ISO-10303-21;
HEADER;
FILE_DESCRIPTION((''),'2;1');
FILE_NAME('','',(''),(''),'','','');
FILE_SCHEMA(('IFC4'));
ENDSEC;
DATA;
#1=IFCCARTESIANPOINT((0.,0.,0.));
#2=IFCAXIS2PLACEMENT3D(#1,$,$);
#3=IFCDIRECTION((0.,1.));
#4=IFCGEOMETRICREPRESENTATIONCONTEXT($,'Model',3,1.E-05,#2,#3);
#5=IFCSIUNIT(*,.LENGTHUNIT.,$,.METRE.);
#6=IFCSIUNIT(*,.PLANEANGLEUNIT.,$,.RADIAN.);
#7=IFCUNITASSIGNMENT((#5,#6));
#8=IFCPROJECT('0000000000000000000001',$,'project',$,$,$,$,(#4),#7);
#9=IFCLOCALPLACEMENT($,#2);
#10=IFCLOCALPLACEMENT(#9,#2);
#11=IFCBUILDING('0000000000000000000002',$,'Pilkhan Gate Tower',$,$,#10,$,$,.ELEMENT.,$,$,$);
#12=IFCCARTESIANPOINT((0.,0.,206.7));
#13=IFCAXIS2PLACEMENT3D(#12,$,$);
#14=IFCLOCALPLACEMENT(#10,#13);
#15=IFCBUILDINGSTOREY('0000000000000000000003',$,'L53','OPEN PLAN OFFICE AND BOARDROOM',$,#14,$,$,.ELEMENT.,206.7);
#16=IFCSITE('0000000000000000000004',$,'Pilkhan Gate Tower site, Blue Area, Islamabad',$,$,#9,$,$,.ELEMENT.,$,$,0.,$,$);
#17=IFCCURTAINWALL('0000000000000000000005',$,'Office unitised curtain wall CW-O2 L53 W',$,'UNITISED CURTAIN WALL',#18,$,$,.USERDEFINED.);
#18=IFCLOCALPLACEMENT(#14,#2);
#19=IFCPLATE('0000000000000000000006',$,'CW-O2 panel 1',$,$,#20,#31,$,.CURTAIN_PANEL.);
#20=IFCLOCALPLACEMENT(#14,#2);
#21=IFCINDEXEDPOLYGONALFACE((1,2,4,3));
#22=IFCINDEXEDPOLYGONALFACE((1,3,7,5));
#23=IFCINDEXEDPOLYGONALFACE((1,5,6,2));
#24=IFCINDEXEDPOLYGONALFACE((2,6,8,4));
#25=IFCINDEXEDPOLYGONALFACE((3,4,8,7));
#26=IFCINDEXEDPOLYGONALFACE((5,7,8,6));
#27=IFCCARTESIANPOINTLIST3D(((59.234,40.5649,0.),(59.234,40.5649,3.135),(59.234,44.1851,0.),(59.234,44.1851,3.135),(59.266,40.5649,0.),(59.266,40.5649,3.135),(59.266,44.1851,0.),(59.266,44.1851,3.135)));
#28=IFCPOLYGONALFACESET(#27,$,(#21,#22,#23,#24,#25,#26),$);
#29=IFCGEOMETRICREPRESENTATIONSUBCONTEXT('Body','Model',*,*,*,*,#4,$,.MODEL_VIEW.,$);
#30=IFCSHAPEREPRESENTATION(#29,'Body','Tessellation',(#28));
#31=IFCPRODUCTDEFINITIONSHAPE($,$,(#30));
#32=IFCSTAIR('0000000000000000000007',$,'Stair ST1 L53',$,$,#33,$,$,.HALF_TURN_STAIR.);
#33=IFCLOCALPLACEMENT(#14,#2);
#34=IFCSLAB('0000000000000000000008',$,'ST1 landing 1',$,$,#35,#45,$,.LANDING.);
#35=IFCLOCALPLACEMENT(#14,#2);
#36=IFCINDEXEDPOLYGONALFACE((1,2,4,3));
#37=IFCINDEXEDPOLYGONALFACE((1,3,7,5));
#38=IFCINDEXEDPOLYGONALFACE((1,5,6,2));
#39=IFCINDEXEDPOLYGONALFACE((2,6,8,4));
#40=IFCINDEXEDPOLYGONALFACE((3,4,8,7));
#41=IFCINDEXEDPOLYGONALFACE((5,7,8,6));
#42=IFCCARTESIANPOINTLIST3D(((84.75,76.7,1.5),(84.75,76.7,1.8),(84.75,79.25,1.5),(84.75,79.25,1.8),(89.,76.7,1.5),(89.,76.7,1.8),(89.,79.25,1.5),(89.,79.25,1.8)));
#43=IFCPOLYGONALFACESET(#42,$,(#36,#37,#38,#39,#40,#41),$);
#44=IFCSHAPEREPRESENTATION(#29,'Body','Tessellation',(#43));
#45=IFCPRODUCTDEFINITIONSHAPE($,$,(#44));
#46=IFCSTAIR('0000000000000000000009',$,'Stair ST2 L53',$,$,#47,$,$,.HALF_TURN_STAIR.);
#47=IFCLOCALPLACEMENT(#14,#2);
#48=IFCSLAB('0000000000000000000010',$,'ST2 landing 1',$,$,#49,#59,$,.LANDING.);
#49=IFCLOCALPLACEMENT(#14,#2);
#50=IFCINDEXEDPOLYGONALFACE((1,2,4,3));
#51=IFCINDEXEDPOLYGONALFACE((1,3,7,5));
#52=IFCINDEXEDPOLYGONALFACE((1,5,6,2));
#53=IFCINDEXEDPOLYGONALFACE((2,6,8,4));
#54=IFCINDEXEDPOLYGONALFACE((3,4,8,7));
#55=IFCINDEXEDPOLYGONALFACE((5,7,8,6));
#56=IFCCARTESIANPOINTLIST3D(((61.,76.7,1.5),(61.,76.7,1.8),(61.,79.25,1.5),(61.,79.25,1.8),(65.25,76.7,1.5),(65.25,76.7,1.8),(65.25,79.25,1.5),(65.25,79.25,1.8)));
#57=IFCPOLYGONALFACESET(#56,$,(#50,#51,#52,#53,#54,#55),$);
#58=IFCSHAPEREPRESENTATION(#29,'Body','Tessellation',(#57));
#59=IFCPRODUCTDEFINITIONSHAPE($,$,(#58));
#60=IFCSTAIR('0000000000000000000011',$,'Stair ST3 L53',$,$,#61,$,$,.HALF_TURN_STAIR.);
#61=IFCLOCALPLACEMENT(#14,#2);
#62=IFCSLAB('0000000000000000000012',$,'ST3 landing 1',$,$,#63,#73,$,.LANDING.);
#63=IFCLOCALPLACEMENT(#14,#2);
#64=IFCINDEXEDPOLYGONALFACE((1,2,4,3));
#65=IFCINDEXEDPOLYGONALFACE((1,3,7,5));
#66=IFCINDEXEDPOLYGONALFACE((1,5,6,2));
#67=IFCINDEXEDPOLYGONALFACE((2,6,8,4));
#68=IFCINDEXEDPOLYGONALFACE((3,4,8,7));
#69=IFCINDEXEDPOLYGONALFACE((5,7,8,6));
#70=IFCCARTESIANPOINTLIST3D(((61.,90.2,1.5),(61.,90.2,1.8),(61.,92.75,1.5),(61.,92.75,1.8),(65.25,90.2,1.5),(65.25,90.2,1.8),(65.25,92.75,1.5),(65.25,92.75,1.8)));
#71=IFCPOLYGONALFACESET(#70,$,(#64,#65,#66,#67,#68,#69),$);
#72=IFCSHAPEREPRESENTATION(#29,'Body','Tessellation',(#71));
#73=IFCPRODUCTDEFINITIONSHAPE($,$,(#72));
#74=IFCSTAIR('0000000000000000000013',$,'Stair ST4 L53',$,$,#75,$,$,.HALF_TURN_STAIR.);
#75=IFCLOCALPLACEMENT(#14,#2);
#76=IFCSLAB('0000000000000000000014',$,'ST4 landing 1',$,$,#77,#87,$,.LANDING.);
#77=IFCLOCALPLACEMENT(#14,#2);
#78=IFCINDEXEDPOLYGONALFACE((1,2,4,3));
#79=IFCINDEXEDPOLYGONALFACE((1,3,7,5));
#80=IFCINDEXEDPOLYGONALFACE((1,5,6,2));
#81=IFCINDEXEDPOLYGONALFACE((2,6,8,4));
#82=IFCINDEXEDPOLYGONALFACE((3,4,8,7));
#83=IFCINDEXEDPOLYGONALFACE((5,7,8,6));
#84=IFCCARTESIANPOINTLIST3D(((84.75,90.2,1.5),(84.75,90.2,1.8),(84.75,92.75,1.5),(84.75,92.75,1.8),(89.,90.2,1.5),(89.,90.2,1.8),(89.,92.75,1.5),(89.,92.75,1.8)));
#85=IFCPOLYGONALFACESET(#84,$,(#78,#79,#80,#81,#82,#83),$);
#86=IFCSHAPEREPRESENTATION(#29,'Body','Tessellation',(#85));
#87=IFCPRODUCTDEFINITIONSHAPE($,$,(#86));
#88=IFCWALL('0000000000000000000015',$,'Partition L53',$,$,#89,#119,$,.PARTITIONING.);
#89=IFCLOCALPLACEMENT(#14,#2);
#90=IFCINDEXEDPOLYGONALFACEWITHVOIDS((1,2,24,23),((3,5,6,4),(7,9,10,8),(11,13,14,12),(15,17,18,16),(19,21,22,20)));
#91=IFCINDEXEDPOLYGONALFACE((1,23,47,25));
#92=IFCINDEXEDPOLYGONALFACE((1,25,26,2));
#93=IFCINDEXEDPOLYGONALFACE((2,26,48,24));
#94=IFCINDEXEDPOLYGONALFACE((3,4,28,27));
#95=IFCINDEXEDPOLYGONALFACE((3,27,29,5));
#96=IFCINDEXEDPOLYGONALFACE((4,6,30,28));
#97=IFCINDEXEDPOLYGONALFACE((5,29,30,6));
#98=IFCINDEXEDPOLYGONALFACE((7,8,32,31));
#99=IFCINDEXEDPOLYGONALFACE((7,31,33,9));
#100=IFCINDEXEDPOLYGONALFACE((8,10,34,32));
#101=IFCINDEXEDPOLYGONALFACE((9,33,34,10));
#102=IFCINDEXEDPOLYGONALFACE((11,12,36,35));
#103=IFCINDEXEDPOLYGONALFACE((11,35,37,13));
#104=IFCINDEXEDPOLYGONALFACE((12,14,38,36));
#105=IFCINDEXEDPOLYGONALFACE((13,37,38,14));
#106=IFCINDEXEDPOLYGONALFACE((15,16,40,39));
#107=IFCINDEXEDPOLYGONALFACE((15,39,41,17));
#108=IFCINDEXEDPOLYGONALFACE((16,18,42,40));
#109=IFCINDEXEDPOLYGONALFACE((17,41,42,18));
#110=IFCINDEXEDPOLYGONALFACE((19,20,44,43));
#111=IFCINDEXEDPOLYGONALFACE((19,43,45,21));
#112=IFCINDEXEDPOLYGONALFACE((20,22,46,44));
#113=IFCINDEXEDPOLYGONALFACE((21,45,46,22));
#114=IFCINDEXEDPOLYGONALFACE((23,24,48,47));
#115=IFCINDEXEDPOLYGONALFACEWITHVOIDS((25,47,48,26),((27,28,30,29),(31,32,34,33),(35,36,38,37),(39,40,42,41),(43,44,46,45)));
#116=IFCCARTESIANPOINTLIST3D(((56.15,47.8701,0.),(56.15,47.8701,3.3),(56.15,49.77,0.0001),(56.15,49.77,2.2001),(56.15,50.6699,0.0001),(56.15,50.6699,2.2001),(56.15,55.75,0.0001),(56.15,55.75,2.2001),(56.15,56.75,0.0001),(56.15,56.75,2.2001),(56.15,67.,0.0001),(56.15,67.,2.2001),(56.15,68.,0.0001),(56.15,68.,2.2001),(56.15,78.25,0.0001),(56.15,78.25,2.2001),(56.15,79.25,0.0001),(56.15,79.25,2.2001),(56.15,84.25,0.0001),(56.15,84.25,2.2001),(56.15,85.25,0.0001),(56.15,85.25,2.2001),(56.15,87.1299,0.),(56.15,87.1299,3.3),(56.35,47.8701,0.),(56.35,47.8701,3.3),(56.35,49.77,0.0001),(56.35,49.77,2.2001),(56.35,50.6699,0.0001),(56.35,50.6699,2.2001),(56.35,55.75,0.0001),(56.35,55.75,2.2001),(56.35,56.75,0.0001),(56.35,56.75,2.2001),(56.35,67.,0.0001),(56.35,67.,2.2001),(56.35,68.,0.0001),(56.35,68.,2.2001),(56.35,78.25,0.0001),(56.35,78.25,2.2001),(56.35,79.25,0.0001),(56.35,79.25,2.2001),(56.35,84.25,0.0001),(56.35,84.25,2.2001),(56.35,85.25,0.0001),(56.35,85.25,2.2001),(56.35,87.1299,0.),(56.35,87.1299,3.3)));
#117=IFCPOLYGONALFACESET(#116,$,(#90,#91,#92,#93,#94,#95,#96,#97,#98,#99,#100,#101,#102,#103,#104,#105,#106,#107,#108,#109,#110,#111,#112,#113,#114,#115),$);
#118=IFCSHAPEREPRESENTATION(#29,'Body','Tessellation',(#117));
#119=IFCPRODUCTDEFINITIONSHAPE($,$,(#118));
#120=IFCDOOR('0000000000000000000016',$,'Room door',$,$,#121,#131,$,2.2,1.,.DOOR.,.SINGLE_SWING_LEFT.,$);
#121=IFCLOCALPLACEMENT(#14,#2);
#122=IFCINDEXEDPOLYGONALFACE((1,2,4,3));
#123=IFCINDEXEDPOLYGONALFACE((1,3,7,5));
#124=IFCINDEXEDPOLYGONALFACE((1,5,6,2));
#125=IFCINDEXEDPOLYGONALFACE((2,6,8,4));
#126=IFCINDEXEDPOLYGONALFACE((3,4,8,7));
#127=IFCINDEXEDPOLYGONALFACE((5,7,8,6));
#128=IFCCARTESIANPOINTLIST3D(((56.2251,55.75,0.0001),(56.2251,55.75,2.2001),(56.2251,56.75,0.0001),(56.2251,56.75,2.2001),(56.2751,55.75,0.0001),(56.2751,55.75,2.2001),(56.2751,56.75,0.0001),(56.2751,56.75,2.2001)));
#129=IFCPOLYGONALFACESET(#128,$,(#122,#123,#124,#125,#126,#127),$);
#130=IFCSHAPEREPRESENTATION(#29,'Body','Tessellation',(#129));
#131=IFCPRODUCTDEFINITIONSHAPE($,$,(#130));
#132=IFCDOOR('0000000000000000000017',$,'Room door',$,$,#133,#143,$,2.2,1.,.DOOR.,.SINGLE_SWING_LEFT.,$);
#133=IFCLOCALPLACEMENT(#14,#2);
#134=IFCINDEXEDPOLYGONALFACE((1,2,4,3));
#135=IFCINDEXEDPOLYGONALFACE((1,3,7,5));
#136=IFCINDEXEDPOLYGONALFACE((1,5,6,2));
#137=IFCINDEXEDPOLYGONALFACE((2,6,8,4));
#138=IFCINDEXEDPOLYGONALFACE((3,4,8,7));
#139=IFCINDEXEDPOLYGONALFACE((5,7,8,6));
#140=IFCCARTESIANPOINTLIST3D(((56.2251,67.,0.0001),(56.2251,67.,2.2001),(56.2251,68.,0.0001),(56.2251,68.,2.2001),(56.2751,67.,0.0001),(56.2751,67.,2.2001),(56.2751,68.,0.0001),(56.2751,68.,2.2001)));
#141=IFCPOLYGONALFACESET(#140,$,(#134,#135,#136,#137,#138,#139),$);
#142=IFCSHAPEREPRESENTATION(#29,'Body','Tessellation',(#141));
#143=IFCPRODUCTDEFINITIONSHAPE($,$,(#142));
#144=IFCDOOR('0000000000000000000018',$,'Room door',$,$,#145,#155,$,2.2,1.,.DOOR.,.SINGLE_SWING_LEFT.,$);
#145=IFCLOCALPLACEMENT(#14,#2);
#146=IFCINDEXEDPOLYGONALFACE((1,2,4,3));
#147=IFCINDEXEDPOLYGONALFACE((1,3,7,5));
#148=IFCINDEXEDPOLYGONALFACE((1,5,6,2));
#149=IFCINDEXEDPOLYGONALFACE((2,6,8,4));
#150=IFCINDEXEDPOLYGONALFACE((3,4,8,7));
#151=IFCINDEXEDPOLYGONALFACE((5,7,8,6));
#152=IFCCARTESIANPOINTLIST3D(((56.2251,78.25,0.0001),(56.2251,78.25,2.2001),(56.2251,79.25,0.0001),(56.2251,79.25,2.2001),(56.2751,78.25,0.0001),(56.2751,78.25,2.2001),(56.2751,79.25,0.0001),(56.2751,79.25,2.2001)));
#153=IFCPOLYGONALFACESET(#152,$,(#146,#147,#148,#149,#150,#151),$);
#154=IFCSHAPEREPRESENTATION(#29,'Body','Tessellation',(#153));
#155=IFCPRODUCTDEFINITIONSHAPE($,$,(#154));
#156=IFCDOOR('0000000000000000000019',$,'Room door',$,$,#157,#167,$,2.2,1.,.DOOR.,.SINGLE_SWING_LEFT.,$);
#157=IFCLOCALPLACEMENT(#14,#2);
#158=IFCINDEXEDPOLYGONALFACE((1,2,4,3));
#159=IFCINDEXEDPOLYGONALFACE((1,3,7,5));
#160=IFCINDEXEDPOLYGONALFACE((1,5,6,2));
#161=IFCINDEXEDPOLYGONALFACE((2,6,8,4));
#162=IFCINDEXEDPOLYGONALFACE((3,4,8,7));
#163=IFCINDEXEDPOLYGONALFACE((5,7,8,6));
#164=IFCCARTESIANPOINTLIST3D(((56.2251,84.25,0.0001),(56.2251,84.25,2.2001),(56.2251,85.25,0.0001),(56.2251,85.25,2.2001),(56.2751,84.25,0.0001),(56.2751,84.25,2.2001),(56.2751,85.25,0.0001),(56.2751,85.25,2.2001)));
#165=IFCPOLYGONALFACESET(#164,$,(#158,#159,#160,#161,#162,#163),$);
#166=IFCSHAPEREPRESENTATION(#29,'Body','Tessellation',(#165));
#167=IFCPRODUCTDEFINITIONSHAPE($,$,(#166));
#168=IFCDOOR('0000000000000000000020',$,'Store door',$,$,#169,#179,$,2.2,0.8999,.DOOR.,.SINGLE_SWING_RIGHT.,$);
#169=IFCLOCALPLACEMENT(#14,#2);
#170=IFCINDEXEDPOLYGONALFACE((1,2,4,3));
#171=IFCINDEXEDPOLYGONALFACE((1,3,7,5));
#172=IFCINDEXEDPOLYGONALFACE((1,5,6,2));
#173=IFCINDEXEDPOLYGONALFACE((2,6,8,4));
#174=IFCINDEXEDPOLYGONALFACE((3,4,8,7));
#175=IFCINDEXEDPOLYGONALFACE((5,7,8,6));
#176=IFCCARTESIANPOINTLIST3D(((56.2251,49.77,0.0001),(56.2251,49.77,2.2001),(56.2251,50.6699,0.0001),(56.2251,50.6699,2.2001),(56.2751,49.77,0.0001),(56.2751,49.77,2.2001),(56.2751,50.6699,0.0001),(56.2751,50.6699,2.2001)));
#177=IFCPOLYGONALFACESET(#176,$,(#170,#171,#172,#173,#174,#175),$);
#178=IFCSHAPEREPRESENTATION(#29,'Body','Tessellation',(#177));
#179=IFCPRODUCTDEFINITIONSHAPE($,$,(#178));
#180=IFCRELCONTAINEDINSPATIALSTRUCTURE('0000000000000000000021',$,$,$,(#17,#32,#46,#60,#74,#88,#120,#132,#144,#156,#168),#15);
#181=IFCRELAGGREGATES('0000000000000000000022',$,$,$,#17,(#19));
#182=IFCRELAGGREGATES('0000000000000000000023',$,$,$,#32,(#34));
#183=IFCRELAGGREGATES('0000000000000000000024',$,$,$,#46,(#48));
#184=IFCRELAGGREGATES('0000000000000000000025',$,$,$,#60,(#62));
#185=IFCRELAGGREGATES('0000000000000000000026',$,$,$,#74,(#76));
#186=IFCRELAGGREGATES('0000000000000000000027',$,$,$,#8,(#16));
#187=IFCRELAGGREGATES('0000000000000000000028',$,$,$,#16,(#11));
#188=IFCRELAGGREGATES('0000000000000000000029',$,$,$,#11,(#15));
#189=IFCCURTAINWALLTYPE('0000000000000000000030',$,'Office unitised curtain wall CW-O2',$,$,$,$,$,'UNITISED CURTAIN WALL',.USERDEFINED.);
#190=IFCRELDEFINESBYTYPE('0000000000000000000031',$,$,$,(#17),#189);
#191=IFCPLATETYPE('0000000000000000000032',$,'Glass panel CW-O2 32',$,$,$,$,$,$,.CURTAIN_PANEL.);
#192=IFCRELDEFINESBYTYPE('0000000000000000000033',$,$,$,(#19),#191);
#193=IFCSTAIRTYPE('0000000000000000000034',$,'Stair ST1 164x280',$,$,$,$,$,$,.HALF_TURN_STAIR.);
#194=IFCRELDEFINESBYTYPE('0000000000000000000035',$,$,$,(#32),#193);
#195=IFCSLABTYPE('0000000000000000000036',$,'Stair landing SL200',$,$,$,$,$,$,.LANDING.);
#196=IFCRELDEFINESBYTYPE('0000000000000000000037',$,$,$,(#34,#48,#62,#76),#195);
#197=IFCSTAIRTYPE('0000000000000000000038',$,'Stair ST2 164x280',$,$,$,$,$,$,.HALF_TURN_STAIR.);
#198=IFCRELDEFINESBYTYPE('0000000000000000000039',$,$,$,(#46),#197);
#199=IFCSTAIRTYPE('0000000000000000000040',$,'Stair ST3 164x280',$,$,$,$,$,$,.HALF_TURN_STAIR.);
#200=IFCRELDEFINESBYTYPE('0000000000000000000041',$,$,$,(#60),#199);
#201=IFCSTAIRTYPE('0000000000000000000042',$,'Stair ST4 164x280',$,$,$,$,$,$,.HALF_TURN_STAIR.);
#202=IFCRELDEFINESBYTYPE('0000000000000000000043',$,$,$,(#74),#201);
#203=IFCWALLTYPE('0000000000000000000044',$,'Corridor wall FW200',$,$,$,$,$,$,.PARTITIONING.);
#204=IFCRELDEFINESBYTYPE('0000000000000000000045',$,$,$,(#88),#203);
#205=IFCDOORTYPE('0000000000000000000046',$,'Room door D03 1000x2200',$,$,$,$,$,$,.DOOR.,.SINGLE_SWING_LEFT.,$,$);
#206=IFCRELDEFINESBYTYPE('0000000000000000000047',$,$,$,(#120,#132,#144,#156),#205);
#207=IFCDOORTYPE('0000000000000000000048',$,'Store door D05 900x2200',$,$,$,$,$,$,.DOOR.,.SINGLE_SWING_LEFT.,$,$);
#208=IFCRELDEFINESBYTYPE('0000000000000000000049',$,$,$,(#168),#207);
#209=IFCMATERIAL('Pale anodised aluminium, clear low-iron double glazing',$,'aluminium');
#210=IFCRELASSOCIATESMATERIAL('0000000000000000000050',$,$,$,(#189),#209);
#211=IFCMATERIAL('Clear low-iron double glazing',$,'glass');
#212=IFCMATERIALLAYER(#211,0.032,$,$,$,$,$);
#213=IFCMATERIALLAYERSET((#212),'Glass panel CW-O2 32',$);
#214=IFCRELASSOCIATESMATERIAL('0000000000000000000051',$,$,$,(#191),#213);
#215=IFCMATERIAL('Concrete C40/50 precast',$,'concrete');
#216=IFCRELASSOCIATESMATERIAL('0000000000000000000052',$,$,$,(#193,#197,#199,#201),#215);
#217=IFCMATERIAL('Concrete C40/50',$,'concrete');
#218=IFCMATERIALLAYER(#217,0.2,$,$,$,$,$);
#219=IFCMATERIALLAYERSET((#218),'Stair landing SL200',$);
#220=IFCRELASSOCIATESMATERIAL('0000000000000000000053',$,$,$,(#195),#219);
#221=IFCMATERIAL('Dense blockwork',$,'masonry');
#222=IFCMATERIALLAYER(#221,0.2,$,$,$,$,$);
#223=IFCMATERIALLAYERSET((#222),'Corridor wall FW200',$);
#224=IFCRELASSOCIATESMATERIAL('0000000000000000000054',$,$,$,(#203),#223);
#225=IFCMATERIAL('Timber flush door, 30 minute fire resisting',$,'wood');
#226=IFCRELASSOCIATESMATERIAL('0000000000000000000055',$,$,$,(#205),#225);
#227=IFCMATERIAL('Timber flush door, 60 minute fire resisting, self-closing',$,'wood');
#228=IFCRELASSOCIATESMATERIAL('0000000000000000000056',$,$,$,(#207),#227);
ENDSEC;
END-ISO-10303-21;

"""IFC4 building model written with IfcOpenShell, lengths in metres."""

from ifc_helpers import new_model, si_unit, direction, frame, frame_2d, origin, origin_2d, place, context, subcontext, project, spatial, polyline, rectangle, outline, extrude, material, layer, layer_set, type_object, element, fill, aggregate, save


model = new_model("IFC4")

# Units and contexts
model_context = context("Model", 3, precision=1e-05, world=origin(), true_north=direction((0.0, 1.0)))
body_context = subcontext(model_context, "Body", "Model", "MODEL_VIEW")
ifc_project = project(units=[si_unit("LENGTHUNIT", "METRE"), si_unit("PLANEANGLEUNIT", "RADIAN")], contexts=[model_context])

# Site, building, storey
site_placement = place(None, origin())
site = spatial("IfcSite", under=ifc_project, at=site_placement, Name="Pilkhan Gate Tower site, Blue Area, Islamabad", CompositionType="ELEMENT", RefElevation=0.0)
building_placement = place(site_placement, origin())
building = spatial("IfcBuilding", under=site, at=building_placement, Name="Pilkhan Gate Tower", CompositionType="ELEMENT")
storey_placement = place(building_placement, frame((0.0, 0.0, 206.7)))
storey = spatial("IfcBuildingStorey", under=building, at=storey_placement, Name="L53", Description="OPEN PLAN OFFICE AND BOARDROOM", CompositionType="ELEMENT", Elevation=206.7)

# Shared definitions
ifc_material_1 = material(Name="Pale anodised aluminium, clear low-iron double glazing", Category="aluminium")
curtain_wall_type = type_object("IfcCurtainWallType", Name="Office unitised curtain wall CW-O2", ElementType="UNITISED CURTAIN WALL", PredefinedType="USERDEFINED", material=ifc_material_1)

# Curtain wall
curtain_wall_1_placement = place(storey_placement, origin())
curtain_wall_1 = element("IfcCurtainWall", 1, at=curtain_wall_1_placement, inside=storey, type_object=curtain_wall_type, Name="Office unitised curtain wall CW-O2 L53 W", ObjectType="UNITISED CURTAIN WALL", PredefinedType="USERDEFINED")

# Shared definitions
ifc_material_2 = material(Name="Concrete C40/50", Category="concrete")

# Plate
ifc_material_3 = material(Name="Clear low-iron double glazing", Category="glass")
ifc_layer_1 = layer(ifc_material_3, 0.032)
ifc_layer_set_1 = layer_set([ifc_layer_1], Name="Glass panel CW-O2 32")
plate_type = type_object("IfcPlateType", Name="Glass panel CW-O2 32", PredefinedType="CURTAIN_PANEL", material=ifc_layer_set_1)
plate_1_placement = place(storey_placement, frame((59.25, 42.375, 0.0), z_axis=(0.0, 0.0, 1.0), x_axis=(0.0, 1.0, 0.0)))
plate_1 = element("IfcPlate", 2, at=plate_1_placement, type_object=plate_type, Name="CW-O2 panel 1", PredefinedType="CURTAIN_PANEL", context=body_context, shape_type="SweptSolid", body=[
    extrude(rectangle(XDim=3.6201, YDim=0.032, at=origin_2d()), origin(), (0.0, 0.0, 1.0), 3.135),
])
aggregate(curtain_wall_1, [plate_1])

# Stairs, slabs
ifc_material_4 = material(Name="Concrete C40/50 precast", Category="concrete")
stair_type_1 = type_object("IfcStairType", Name="Stair ST1 164x280", PredefinedType="HALF_TURN_STAIR", material=ifc_material_4)
stair_1_placement = place(storey_placement, origin())
stair_1 = element("IfcStair", 3, at=stair_1_placement, inside=storey, type_object=stair_type_1, Name="Stair ST1 L53", PredefinedType="HALF_TURN_STAIR")
ifc_layer_2 = layer(ifc_material_2, 0.2)
ifc_layer_set_2 = layer_set([ifc_layer_2], Name="Stair landing SL200")
slab_type_1 = type_object("IfcSlabType", Name="Stair landing SL200", PredefinedType="LANDING", material=ifc_layer_set_2)
slab_1_placement = place(storey_placement, frame((0.0, 0.0, 1.5)))
slab_1 = element("IfcSlab", 4, at=slab_1_placement, type_object=slab_type_1, Name="ST1 landing 1", PredefinedType="LANDING", context=body_context, shape_type="SweptSolid", body=[
    extrude(outline(polyline([(89.0, 76.7), (89.0, 79.25), (84.75, 79.25), (84.75, 76.7), (89.0, 76.7)])), origin(), (0.0, 0.0, 1.0), 0.3),
])
aggregate(stair_1, [slab_1])
stair_type_2 = type_object("IfcStairType", Name="Stair ST2 164x280", PredefinedType="HALF_TURN_STAIR", material=ifc_material_4)
stair_2_placement = place(storey_placement, origin())
stair_2 = element("IfcStair", 5, at=stair_2_placement, inside=storey, type_object=stair_type_2, Name="Stair ST2 L53", PredefinedType="HALF_TURN_STAIR")
slab_2_placement = place(storey_placement, frame((0.0, 0.0, 1.5)))
slab_2 = element("IfcSlab", 6, at=slab_2_placement, type_object=slab_type_1, Name="ST2 landing 1", PredefinedType="LANDING", context=body_context, shape_type="SweptSolid", body=[
    extrude(outline(polyline([(65.25, 76.7), (65.25, 79.25), (61.0, 79.25), (61.0, 76.7), (65.25, 76.7)])), origin(), (0.0, 0.0, 1.0), 0.3),
])
aggregate(stair_2, [slab_2])
stair_type_3 = type_object("IfcStairType", Name="Stair ST3 164x280", PredefinedType="HALF_TURN_STAIR", material=ifc_material_4)
stair_3_placement = place(storey_placement, origin())
stair_3 = element("IfcStair", 7, at=stair_3_placement, inside=storey, type_object=stair_type_3, Name="Stair ST3 L53", PredefinedType="HALF_TURN_STAIR")
slab_3_placement = place(storey_placement, frame((0.0, 0.0, 1.5)))
slab_3 = element("IfcSlab", 8, at=slab_3_placement, type_object=slab_type_1, Name="ST3 landing 1", PredefinedType="LANDING", context=body_context, shape_type="SweptSolid", body=[
    extrude(outline(polyline([(65.25, 90.2), (65.25, 92.75), (61.0, 92.75), (61.0, 90.2), (65.25, 90.2)])), origin(), (0.0, 0.0, 1.0), 0.3),
])
aggregate(stair_3, [slab_3])
stair_type_4 = type_object("IfcStairType", Name="Stair ST4 164x280", PredefinedType="HALF_TURN_STAIR", material=ifc_material_4)
stair_4_placement = place(storey_placement, origin())
stair_4 = element("IfcStair", 9, at=stair_4_placement, inside=storey, type_object=stair_type_4, Name="Stair ST4 L53", PredefinedType="HALF_TURN_STAIR")
slab_4_placement = place(storey_placement, frame((0.0, 0.0, 1.5)))
slab_4 = element("IfcSlab", 10, at=slab_4_placement, type_object=slab_type_1, Name="ST4 landing 1", PredefinedType="LANDING", context=body_context, shape_type="SweptSolid", body=[
    extrude(outline(polyline([(89.0, 90.2), (89.0, 92.75), (84.75, 92.75), (84.75, 90.2), (89.0, 90.2)])), origin(), (0.0, 0.0, 1.0), 0.3),
])
aggregate(stair_4, [slab_4])

# Wall, openings, doors
ifc_material_5 = material(Name="Dense blockwork", Category="masonry")
ifc_layer_3 = layer(ifc_material_5, 0.2)
ifc_layer_set_3 = layer_set([ifc_layer_3], Name="Corridor wall FW200")
wall_type = type_object("IfcWallType", Name="Corridor wall FW200", PredefinedType="PARTITIONING", material=ifc_layer_set_3)
wall_placement = place(storey_placement, frame((56.25, 47.8701, 0.0), z_axis=(0.0, 0.0, 1.0), x_axis=(0.0, 1.0, 0.0)))
wall = element("IfcWall", 11, at=wall_placement, inside=storey, type_object=wall_type, Name="Partition L53", PredefinedType="PARTITIONING", context=body_context, shape_type="SweptSolid", body=[
    extrude(rectangle(XDim=39.2598, YDim=0.2, at=frame_2d((19.6299, 0.0))), origin(), (0.0, 0.0, 1.0), 3.3),
])
opening_1_placement = place(wall_placement, frame((1.8999, 0.0, 0.0)))
opening_1 = element("IfcOpeningElement", 12, at=opening_1_placement, cuts=wall, PredefinedType="OPENING", context=body_context, shape_type="SweptSolid", body=[
    extrude(rectangle(XDim=0.8999, YDim=2.2, at=frame_2d((0.45, 1.1001))), frame((0.0, 0.1099, 0.0), z_axis=(0.0, -1.0, 0.0), x_axis=(1.0, 0.0, 0.0)), (0.0, 0.0, 1.0), 0.22),
])
opening_2_placement = place(wall_placement, frame((7.8799, 0.0, 0.0)))
opening_2 = element("IfcOpeningElement", 13, at=opening_2_placement, cuts=wall, PredefinedType="OPENING", context=body_context, shape_type="SweptSolid", body=[
    extrude(rectangle(XDim=1.0, YDim=2.2, at=frame_2d((0.5, 1.1001))), frame((0.0, 0.1099, 0.0), z_axis=(0.0, -1.0, 0.0), x_axis=(1.0, 0.0, 0.0)), (0.0, 0.0, 1.0), 0.22),
])
opening_3_placement = place(wall_placement, frame((19.1299, 0.0, 0.0)))
opening_3 = element("IfcOpeningElement", 14, at=opening_3_placement, cuts=wall, PredefinedType="OPENING", context=body_context, shape_type="SweptSolid", body=[
    extrude(rectangle(XDim=1.0, YDim=2.2, at=frame_2d((0.5, 1.1001))), frame((0.0, 0.1099, 0.0), z_axis=(0.0, -1.0, 0.0), x_axis=(1.0, 0.0, 0.0)), (0.0, 0.0, 1.0), 0.22),
])
opening_4_placement = place(wall_placement, frame((30.3799, 0.0, 0.0)))
opening_4 = element("IfcOpeningElement", 15, at=opening_4_placement, cuts=wall, PredefinedType="OPENING", context=body_context, shape_type="SweptSolid", body=[
    extrude(rectangle(XDim=1.0, YDim=2.2, at=frame_2d((0.5, 1.1001))), frame((0.0, 0.1099, 0.0), z_axis=(0.0, -1.0, 0.0), x_axis=(1.0, 0.0, 0.0)), (0.0, 0.0, 1.0), 0.22),
])
opening_5_placement = place(wall_placement, frame((36.3799, 0.0, 0.0)))
opening_5 = element("IfcOpeningElement", 16, at=opening_5_placement, cuts=wall, PredefinedType="OPENING", context=body_context, shape_type="SweptSolid", body=[
    extrude(rectangle(XDim=1.0, YDim=2.2, at=frame_2d((0.5, 1.1001))), frame((0.0, 0.1099, 0.0), z_axis=(0.0, -1.0, 0.0), x_axis=(1.0, 0.0, 0.0)), (0.0, 0.0, 1.0), 0.22),
])
ifc_material_6 = material(Name="Timber flush door, 30 minute fire resisting", Category="wood")
door_type_1 = type_object("IfcDoorType", Name="Room door D03 1000x2200", OperationType="SINGLE_SWING_LEFT", PredefinedType="DOOR", material=ifc_material_6)
door_1_placement = place(opening_2_placement, origin())
door_1 = element("IfcDoor", 17, at=door_1_placement, inside=storey, type_object=door_type_1, Name="Room door", OperationType="SINGLE_SWING_LEFT", OverallHeight=2.2, OverallWidth=1.0, PredefinedType="DOOR", context=body_context, shape_type="SweptSolid", body=[
    extrude(rectangle(XDim=1.0, YDim=2.2, at=frame_2d((0.5, 1.1001))), frame((0.0, 0.0249, 0.0), z_axis=(0.0, -1.0, 0.0), x_axis=(1.0, 0.0, 0.0)), (0.0, 0.0, 1.0), 0.05),
])
fill(opening_2, door_1)
door_2_placement = place(opening_3_placement, origin())
door_2 = element("IfcDoor", 18, at=door_2_placement, inside=storey, type_object=door_type_1, Name="Room door", OperationType="SINGLE_SWING_LEFT", OverallHeight=2.2, OverallWidth=1.0, PredefinedType="DOOR", context=body_context, shape_type="SweptSolid", body=[
    extrude(rectangle(XDim=1.0, YDim=2.2, at=frame_2d((0.5, 1.1001))), frame((0.0, 0.0249, 0.0), z_axis=(0.0, -1.0, 0.0), x_axis=(1.0, 0.0, 0.0)), (0.0, 0.0, 1.0), 0.05),
])
fill(opening_3, door_2)
door_3_placement = place(opening_4_placement, origin())
door_3 = element("IfcDoor", 19, at=door_3_placement, inside=storey, type_object=door_type_1, Name="Room door", OperationType="SINGLE_SWING_LEFT", OverallHeight=2.2, OverallWidth=1.0, PredefinedType="DOOR", context=body_context, shape_type="SweptSolid", body=[
    extrude(rectangle(XDim=1.0, YDim=2.2, at=frame_2d((0.5, 1.1001))), frame((0.0, 0.0249, 0.0), z_axis=(0.0, -1.0, 0.0), x_axis=(1.0, 0.0, 0.0)), (0.0, 0.0, 1.0), 0.05),
])
fill(opening_4, door_3)
door_4_placement = place(opening_5_placement, origin())
door_4 = element("IfcDoor", 20, at=door_4_placement, inside=storey, type_object=door_type_1, Name="Room door", OperationType="SINGLE_SWING_LEFT", OverallHeight=2.2, OverallWidth=1.0, PredefinedType="DOOR", context=body_context, shape_type="SweptSolid", body=[
    extrude(rectangle(XDim=1.0, YDim=2.2, at=frame_2d((0.5, 1.1001))), frame((0.0, 0.0249, 0.0), z_axis=(0.0, -1.0, 0.0), x_axis=(1.0, 0.0, 0.0)), (0.0, 0.0, 1.0), 0.05),
])
fill(opening_5, door_4)
ifc_material_7 = material(Name="Timber flush door, 60 minute fire resisting, self-closing", Category="wood")
door_type_2 = type_object("IfcDoorType", Name="Store door D05 900x2200", OperationType="SINGLE_SWING_LEFT", PredefinedType="DOOR", material=ifc_material_7)
door_5_placement = place(opening_1_placement, origin())
door_5 = element("IfcDoor", 21, at=door_5_placement, inside=storey, type_object=door_type_2, Name="Store door", OperationType="SINGLE_SWING_RIGHT", OverallHeight=2.2, OverallWidth=0.8999, PredefinedType="DOOR", context=body_context, shape_type="SweptSolid", body=[
    extrude(rectangle(XDim=0.8999, YDim=2.2, at=frame_2d((0.45, 1.1001))), frame((0.0, 0.0249, 0.0), z_axis=(0.0, -1.0, 0.0), x_axis=(1.0, 0.0, 0.0)), (0.0, 0.0, 1.0), 0.05),
])
fill(opening_1, door_5)

save(model, "model.ifc")
